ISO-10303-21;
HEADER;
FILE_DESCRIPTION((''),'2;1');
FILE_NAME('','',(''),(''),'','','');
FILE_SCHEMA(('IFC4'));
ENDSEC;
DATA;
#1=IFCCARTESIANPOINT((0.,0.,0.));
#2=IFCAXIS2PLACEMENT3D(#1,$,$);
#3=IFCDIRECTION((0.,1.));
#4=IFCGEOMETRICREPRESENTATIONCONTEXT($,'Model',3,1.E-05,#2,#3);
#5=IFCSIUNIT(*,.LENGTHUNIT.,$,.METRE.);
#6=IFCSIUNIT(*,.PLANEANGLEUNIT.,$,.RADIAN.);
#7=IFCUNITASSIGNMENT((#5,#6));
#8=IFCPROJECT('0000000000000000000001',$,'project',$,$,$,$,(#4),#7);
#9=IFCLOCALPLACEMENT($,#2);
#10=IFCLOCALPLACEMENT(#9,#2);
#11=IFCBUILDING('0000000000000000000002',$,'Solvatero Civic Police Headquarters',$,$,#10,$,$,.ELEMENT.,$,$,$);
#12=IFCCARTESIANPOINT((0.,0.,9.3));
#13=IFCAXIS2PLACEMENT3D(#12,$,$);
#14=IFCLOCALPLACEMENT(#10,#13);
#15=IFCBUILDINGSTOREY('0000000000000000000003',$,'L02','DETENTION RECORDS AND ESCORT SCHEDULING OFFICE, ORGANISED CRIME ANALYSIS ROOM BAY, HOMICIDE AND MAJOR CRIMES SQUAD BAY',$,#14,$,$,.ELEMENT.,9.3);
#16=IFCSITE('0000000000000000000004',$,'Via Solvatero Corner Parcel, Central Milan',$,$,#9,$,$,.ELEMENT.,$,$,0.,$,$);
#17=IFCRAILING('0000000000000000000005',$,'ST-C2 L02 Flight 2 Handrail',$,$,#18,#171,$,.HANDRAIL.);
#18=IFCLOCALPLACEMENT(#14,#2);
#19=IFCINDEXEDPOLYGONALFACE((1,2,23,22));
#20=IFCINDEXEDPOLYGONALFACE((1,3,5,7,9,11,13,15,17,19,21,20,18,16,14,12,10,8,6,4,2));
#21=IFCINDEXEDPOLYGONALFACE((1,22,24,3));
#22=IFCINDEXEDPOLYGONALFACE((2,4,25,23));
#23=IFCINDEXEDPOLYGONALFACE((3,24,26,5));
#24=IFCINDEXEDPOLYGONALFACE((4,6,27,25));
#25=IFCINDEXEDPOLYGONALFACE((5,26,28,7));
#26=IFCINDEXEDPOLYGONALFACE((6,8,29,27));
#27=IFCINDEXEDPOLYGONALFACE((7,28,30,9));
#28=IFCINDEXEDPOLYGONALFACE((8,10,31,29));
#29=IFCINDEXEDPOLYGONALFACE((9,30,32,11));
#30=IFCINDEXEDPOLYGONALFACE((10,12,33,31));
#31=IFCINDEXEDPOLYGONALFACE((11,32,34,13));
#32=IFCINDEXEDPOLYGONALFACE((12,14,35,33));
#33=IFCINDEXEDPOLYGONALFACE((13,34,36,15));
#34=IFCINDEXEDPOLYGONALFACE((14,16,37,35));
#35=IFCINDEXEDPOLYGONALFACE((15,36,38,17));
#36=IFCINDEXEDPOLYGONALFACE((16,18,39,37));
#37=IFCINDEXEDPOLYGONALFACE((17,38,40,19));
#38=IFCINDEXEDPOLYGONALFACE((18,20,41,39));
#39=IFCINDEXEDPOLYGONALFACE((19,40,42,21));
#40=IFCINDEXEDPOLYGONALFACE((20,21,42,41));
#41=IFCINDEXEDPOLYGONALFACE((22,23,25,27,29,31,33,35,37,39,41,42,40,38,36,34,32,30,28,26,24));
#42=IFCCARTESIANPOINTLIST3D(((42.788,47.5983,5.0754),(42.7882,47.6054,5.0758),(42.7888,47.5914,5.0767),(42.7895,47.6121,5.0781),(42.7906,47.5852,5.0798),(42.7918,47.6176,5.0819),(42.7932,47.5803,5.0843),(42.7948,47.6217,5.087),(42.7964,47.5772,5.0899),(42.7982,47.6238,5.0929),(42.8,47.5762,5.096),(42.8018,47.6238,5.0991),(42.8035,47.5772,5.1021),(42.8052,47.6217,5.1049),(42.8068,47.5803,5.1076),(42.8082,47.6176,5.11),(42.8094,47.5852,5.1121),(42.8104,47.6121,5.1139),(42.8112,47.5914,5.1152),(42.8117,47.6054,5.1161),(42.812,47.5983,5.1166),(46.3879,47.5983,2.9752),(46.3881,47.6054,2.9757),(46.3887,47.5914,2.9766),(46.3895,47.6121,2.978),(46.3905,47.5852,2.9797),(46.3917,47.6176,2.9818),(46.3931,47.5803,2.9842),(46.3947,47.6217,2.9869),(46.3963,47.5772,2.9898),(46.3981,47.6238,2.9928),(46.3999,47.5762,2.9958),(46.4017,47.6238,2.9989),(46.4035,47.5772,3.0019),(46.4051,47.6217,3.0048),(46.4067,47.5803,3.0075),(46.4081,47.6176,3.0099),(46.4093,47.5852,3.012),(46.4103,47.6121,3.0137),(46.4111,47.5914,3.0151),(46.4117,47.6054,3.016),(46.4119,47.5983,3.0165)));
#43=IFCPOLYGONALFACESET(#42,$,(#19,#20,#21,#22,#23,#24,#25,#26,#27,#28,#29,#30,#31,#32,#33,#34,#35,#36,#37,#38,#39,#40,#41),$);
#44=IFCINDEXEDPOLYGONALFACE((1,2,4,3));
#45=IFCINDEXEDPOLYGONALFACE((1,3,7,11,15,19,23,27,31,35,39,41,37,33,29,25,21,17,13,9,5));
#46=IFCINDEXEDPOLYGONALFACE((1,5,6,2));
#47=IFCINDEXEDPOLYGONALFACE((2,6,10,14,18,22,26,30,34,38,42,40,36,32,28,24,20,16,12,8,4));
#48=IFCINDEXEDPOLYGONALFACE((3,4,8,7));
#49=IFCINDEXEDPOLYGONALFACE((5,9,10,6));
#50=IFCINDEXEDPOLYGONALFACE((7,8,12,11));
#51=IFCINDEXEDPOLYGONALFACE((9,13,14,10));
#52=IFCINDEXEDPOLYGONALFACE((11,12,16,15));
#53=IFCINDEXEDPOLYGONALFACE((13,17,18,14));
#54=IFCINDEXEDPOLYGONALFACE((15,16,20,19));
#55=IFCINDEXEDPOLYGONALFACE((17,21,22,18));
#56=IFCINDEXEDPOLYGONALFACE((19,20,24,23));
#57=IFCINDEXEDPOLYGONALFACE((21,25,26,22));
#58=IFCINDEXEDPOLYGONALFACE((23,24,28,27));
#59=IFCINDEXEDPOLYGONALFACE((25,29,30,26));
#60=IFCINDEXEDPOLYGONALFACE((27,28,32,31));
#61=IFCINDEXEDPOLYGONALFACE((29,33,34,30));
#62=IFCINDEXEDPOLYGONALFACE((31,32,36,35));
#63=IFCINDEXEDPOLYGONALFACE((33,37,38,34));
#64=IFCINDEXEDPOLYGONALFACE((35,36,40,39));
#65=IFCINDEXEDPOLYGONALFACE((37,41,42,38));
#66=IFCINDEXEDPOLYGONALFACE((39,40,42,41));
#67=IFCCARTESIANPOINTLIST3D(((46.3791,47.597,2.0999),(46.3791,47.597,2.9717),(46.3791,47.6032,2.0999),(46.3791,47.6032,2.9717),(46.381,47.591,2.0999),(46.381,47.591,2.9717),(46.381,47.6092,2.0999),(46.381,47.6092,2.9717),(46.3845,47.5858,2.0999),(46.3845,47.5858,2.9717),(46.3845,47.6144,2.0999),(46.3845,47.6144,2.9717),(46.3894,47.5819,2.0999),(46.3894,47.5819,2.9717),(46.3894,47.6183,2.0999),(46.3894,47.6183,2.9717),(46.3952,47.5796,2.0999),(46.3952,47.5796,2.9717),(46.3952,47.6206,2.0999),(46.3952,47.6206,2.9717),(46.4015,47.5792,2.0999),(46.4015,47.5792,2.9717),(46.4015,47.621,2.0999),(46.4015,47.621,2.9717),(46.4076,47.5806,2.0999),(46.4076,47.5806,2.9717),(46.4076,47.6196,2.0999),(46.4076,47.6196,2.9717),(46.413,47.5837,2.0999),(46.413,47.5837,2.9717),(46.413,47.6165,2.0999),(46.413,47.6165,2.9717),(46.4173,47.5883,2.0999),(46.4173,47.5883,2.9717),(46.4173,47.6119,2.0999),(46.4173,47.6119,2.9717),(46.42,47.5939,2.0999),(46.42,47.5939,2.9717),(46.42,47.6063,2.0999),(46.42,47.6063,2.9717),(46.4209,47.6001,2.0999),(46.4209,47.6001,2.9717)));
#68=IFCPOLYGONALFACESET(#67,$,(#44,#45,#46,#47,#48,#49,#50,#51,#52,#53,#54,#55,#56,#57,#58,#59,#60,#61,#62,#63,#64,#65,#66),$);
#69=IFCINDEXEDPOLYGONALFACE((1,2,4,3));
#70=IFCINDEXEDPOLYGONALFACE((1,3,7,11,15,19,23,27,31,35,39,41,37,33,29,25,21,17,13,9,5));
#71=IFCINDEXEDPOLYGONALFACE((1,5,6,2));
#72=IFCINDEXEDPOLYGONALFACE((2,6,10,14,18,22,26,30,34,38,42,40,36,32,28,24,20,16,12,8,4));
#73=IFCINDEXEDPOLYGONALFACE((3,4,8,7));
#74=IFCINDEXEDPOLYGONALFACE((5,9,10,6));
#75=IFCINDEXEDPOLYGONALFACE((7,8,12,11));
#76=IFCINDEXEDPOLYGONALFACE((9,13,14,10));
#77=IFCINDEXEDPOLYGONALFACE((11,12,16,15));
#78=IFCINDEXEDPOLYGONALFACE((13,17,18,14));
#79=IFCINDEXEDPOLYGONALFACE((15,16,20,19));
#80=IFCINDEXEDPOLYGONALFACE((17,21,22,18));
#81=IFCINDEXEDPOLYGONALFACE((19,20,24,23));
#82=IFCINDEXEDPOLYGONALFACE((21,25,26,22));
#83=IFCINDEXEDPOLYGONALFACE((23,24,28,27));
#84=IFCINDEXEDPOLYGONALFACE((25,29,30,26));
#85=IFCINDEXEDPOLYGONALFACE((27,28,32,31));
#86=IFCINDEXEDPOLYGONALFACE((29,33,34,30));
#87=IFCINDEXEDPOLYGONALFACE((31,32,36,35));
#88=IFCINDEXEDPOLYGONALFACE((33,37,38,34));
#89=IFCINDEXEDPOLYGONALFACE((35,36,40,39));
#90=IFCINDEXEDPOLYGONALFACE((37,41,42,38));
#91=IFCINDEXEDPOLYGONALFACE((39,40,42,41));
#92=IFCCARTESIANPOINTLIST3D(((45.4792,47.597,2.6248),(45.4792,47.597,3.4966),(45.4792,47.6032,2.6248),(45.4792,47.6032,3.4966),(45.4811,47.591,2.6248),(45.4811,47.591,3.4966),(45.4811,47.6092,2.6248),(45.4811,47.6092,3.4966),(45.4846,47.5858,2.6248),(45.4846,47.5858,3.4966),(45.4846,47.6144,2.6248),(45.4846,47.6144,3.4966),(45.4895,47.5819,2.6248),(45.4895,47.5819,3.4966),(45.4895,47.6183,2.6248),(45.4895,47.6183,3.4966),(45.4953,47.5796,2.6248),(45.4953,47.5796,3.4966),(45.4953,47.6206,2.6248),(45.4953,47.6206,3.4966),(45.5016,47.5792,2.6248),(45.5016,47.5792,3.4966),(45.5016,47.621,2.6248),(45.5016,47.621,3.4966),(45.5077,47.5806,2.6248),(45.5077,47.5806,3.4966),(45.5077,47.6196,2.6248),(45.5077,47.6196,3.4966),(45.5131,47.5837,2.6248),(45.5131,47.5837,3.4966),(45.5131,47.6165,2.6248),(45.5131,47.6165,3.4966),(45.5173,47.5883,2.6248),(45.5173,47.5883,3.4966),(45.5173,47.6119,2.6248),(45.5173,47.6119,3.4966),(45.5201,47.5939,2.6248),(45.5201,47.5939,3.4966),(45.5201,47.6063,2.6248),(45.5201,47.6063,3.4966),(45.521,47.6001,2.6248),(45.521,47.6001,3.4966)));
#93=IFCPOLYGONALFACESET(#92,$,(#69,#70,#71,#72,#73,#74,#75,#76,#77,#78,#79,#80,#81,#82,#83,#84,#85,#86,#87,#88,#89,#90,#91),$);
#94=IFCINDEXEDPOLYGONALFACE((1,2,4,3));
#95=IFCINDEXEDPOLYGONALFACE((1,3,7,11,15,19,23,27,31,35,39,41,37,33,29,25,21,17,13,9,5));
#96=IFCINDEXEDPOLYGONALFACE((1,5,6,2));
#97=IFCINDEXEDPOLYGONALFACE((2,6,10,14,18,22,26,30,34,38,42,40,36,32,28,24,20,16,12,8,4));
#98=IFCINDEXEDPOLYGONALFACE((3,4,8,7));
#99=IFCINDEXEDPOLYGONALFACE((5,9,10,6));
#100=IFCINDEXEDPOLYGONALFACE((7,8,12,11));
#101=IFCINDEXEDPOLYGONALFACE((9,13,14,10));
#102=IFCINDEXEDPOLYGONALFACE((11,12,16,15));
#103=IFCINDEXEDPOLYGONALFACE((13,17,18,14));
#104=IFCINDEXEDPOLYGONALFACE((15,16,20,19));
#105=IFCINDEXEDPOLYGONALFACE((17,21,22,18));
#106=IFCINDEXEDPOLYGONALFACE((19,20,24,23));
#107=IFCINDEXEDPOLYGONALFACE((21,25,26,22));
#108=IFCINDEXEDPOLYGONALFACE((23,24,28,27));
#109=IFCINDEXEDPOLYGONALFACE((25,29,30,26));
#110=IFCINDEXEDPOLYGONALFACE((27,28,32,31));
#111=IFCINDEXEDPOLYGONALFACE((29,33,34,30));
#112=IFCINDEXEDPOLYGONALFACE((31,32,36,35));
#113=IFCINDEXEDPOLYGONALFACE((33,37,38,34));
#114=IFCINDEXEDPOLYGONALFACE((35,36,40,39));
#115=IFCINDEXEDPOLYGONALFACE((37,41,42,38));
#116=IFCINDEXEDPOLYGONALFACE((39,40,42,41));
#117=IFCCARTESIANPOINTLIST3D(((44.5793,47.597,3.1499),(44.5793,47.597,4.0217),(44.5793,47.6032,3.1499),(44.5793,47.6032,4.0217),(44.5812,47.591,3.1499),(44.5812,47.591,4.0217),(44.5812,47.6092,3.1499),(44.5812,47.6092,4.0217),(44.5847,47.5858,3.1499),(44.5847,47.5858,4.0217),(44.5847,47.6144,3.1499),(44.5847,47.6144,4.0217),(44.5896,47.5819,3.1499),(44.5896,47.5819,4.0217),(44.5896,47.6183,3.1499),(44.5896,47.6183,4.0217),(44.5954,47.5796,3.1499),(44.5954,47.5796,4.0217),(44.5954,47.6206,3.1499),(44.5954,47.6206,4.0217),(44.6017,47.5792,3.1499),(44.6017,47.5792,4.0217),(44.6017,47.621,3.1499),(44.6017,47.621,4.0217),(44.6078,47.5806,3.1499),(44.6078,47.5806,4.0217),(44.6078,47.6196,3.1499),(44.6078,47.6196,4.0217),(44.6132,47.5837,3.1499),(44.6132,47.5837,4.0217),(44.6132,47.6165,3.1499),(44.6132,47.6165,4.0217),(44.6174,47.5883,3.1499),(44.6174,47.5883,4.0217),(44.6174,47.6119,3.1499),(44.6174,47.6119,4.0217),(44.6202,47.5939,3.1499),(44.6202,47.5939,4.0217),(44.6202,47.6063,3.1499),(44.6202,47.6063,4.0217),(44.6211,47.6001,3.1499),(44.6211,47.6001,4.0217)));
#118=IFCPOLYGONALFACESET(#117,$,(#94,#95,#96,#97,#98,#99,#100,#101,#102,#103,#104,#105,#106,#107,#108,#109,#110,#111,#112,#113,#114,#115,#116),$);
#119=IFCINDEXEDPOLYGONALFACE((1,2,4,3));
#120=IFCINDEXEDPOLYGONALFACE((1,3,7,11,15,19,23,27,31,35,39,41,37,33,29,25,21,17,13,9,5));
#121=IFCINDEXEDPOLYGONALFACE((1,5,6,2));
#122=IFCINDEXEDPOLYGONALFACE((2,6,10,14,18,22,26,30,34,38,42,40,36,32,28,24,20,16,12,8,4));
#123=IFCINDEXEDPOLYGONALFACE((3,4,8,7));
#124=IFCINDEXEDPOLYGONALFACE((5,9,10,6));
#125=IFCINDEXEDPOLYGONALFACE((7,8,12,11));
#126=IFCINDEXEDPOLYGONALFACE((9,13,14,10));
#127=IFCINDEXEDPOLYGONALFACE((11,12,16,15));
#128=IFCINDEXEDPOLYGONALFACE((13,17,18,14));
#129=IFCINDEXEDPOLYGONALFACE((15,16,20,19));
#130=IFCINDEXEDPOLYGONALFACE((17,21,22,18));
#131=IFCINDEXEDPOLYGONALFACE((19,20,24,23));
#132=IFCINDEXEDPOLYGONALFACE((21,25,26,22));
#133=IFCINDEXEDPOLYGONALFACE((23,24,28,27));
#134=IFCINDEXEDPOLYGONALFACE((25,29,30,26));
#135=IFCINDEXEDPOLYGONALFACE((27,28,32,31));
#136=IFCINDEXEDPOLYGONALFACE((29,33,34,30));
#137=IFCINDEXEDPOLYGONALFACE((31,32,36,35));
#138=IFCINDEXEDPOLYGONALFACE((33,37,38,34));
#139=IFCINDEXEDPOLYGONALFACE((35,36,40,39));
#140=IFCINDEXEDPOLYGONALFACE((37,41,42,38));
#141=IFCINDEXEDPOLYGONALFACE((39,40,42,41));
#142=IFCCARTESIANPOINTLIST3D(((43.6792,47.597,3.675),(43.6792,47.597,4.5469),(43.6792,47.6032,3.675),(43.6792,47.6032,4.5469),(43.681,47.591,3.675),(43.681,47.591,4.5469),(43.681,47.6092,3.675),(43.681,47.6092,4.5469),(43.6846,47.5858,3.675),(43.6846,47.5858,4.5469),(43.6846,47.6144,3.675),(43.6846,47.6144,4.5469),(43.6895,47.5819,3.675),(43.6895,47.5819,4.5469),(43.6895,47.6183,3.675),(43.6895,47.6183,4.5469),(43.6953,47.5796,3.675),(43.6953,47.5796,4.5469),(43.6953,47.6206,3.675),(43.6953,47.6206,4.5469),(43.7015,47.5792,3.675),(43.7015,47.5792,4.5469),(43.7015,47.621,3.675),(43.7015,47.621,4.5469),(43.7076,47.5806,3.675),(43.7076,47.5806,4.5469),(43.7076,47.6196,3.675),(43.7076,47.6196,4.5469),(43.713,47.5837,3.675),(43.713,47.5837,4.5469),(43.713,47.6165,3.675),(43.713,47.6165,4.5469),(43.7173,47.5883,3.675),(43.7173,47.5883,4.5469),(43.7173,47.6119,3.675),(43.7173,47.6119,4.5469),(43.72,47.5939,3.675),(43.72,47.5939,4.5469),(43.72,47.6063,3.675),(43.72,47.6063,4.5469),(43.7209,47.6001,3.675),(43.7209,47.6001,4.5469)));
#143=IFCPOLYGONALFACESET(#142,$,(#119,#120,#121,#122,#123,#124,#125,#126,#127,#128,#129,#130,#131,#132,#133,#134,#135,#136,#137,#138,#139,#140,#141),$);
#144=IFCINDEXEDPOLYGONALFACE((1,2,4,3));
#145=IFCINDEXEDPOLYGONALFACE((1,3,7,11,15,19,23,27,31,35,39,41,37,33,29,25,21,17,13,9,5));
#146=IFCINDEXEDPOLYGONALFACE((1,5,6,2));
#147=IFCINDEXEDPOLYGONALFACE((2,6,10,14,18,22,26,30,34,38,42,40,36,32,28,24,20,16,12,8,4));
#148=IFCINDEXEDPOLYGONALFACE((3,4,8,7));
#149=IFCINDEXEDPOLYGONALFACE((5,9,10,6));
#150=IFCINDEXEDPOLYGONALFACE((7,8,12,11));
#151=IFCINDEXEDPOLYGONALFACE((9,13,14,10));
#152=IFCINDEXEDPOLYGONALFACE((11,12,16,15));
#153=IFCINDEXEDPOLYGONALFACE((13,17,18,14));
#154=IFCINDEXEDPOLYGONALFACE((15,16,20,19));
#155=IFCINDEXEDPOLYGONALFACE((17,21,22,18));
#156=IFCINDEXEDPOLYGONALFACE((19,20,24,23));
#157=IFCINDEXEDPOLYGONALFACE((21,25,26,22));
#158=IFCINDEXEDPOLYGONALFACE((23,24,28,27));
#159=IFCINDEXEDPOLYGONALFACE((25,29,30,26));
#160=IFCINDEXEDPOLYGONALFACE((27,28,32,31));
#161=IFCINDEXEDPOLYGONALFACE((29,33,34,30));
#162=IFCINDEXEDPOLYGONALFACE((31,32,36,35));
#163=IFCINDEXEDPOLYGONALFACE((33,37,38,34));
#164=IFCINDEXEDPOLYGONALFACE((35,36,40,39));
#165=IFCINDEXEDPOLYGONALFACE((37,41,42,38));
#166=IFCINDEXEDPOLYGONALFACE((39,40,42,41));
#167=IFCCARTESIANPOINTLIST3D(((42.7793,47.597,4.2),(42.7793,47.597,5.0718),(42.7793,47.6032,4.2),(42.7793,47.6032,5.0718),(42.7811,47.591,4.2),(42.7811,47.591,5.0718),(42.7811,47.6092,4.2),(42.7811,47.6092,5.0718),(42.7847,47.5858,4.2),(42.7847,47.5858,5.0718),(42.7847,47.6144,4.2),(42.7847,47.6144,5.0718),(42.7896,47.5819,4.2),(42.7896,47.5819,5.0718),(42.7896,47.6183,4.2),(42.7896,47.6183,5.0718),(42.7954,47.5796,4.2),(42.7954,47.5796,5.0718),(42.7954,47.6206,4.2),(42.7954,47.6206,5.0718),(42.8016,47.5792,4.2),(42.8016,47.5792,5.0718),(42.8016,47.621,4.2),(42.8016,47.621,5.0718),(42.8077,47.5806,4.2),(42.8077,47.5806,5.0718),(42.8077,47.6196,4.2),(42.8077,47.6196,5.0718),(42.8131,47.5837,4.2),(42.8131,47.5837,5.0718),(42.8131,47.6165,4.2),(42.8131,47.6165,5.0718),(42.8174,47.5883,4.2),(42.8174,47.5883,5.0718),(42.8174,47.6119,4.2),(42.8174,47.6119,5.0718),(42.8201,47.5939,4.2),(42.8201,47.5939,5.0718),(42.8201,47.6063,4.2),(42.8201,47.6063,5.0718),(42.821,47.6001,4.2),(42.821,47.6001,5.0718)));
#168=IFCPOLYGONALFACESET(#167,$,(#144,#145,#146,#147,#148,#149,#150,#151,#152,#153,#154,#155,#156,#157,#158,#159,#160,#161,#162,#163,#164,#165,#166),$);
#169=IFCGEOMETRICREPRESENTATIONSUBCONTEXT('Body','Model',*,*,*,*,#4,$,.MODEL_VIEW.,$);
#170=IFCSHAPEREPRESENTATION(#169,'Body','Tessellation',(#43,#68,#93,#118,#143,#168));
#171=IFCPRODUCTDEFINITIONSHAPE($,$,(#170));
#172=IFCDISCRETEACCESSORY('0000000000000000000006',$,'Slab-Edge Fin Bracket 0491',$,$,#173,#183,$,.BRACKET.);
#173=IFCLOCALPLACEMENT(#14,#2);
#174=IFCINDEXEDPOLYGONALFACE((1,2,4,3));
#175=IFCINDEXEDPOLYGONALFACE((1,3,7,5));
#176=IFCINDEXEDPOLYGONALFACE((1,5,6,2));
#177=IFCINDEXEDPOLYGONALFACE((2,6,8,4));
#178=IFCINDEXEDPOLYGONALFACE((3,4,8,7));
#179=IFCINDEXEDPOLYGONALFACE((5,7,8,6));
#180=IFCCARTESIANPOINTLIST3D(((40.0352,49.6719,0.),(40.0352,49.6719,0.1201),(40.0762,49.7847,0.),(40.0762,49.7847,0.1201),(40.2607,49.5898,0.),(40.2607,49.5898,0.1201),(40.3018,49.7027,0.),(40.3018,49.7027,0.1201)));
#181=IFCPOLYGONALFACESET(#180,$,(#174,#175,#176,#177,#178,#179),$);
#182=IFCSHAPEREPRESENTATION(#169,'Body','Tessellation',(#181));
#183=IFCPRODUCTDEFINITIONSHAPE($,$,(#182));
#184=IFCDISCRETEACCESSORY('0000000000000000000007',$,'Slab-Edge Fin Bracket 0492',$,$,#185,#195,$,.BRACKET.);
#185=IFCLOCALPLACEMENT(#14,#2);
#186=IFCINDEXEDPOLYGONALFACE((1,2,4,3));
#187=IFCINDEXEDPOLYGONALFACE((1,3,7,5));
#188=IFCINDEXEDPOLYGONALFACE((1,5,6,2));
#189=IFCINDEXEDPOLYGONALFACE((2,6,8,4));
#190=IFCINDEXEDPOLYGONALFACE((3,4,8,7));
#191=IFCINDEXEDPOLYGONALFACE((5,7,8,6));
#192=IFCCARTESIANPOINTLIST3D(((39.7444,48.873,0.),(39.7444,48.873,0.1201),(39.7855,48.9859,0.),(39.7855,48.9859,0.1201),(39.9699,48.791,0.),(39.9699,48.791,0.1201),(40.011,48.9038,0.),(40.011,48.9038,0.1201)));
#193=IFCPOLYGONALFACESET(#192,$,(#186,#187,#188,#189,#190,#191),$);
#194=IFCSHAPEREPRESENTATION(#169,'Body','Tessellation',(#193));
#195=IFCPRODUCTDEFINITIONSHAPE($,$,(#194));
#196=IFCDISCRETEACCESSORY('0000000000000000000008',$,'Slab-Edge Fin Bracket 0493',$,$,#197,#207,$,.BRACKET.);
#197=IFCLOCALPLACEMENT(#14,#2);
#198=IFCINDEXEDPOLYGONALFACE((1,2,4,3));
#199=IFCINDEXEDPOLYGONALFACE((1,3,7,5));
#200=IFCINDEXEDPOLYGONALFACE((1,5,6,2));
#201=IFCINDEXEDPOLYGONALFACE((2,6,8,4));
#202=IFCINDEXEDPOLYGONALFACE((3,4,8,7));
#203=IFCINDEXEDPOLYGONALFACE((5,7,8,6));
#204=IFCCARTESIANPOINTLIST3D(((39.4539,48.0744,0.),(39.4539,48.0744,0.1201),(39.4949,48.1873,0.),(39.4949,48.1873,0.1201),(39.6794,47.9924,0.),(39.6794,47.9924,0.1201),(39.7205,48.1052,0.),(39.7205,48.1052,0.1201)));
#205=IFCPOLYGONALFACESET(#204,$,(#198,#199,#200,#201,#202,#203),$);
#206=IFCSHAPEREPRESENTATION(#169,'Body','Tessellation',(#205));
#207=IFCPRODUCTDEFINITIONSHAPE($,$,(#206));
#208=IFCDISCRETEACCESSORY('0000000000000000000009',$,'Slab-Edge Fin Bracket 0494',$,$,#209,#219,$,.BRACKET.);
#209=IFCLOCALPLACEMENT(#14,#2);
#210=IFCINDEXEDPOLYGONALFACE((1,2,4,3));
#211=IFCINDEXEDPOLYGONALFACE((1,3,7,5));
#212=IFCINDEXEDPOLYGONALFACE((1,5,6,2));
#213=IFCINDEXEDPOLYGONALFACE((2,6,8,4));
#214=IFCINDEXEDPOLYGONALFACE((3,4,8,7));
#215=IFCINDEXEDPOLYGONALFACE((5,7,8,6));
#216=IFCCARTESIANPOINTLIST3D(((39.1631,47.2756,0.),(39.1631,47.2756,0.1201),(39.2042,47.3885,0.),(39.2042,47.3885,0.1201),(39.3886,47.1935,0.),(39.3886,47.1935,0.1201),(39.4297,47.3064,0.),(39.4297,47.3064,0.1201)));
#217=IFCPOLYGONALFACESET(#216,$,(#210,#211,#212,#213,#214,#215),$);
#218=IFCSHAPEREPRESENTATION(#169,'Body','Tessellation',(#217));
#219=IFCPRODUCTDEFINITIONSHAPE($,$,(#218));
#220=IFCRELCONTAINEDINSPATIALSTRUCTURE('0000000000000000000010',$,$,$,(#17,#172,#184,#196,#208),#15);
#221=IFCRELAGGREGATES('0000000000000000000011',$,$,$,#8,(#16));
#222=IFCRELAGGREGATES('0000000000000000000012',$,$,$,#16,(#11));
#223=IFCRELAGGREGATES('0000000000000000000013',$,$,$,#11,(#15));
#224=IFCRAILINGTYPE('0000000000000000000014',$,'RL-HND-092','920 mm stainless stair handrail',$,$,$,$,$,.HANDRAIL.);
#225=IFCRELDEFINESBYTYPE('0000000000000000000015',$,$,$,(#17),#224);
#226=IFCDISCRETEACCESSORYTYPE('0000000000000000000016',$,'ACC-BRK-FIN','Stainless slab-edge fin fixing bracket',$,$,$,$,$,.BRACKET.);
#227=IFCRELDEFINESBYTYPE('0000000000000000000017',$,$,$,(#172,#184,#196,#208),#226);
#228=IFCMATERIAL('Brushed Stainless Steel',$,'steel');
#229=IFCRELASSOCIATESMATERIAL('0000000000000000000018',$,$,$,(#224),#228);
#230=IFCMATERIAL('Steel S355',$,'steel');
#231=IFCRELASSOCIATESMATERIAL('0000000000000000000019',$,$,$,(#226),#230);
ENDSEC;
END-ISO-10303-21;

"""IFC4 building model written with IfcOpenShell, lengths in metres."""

from ifc_helpers import new_model, si_unit, direction, frame, origin, origin_2d, place, context, subcontext, project, spatial, rectangle, circle, extrude, material, type_object, element, save


model = new_model("IFC4")

# Units and contexts
model_context = context("Model", 3, precision=1e-05, world=origin(), true_north=direction((0.0, 1.0)))
body_context = subcontext(model_context, "Body", "Model", "MODEL_VIEW")
ifc_project = project(units=[si_unit("LENGTHUNIT", "METRE"), si_unit("PLANEANGLEUNIT", "RADIAN")], contexts=[model_context])

# Site, building, storey
site_placement = place(None, origin())
site = spatial("IfcSite", under=ifc_project, at=site_placement, Name="Via Solvatero Corner Parcel, Central Milan", CompositionType="ELEMENT", RefElevation=0.0)
building_placement = place(site_placement, origin())
building = spatial("IfcBuilding", under=site, at=building_placement, Name="Solvatero Civic Police Headquarters", CompositionType="ELEMENT")
storey_placement = place(building_placement, frame((0.0, 0.0, 9.3)))
storey = spatial("IfcBuildingStorey", under=building, at=storey_placement, Name="L02", Description="DETENTION RECORDS AND ESCORT SCHEDULING OFFICE, ORGANISED CRIME ANALYSIS ROOM BAY, HOMICIDE AND MAJOR CRIMES SQUAD BAY", CompositionType="ELEMENT", Elevation=9.3)

# Shared definitions
ifc_material_1 = material(Name="Steel S355", Category="steel")

# Railing
ifc_material_2 = material(Name="Brushed Stainless Steel", Category="steel")
railing_type_1 = type_object("IfcRailingType", Name="RL-HND-092", Description="920 mm stainless stair handrail", PredefinedType="HANDRAIL", material=ifc_material_2)
railing_placement = place(storey_placement, frame((46.3999, 47.6001, 2.0999)))
element("IfcRailing", 1, at=railing_placement, inside=storey, type_object=railing_type_1, Name="ST-C2 L02 Flight 2 Handrail", PredefinedType="HANDRAIL", context=body_context, shape_type="SweptSolid", body=[
    extrude(circle(Radius=0.0239, at=origin_2d()), frame((0.0, 0.0, 0.896), z_axis=(-0.86376, 0.0, 0.503904), x_axis=(0.0, -1.0, 0.0)), (0.0, 0.0, 1.0), 4.1677),
    extrude(circle(Radius=0.021, at=origin_2d()), origin(), (0.0, 0.0, 1.0), 0.8718),
    extrude(circle(Radius=0.021, at=origin_2d()), frame((-0.8999, 0.0, 0.5249)), (0.0, 0.0, 1.0), 0.8718),
    extrude(circle(Radius=0.021, at=origin_2d()), frame((-1.7998, 0.0, 1.05)), (0.0, 0.0, 1.0), 0.8718),
    extrude(circle(Radius=0.021, at=origin_2d()), frame((-2.7, 0.0, 1.5752)), (0.0, 0.0, 1.0), 0.8718),
    extrude(circle(Radius=0.021, at=origin_2d()), frame((-3.5999, 0.0, 2.1001)), (0.0, 0.0, 1.0), 0.8718),
])

# Discrete accessories
discrete_accessory_type = type_object("IfcDiscreteAccessoryType", Name="ACC-BRK-FIN", Description="Stainless slab-edge fin fixing bracket", PredefinedType="BRACKET", material=ifc_material_1)
for number, where, z_axis, x_axis, name in (
    (2, (40.1685, 49.6873, 0.0), (0.0, 0.0, 1.0), (-0.34202, -0.939693, 0.0), "Slab-Edge Fin Bracket 0491"),
    (3, (39.8777, 48.8884, 0.0), (0.0, 0.0, 1.0), (-0.34202, -0.939693, 0.0), "Slab-Edge Fin Bracket 0492"),
    (4, (39.5872, 48.0898, 0.0), (0.0, 0.0, 1.0), (-0.34202, -0.939693, 0.0), "Slab-Edge Fin Bracket 0493"),
    (5, (39.2964, 47.291, 0.0), (0.0, 0.0, 1.0), (-0.34202, -0.939693, 0.0), "Slab-Edge Fin Bracket 0494"),
):
    element("IfcDiscreteAccessory", number, at=place(storey_placement, frame(where, z_axis=z_axis, x_axis=x_axis)), inside=storey, type_object=discrete_accessory_type, Name=name, PredefinedType="BRACKET", context=body_context, shape_type="SweptSolid", body=[
        extrude(rectangle(XDim=0.1201, YDim=0.24, at=origin_2d()), origin(), (0.0, 0.0, 1.0), 0.1201),
    ])

save(model, "model.ifc")
